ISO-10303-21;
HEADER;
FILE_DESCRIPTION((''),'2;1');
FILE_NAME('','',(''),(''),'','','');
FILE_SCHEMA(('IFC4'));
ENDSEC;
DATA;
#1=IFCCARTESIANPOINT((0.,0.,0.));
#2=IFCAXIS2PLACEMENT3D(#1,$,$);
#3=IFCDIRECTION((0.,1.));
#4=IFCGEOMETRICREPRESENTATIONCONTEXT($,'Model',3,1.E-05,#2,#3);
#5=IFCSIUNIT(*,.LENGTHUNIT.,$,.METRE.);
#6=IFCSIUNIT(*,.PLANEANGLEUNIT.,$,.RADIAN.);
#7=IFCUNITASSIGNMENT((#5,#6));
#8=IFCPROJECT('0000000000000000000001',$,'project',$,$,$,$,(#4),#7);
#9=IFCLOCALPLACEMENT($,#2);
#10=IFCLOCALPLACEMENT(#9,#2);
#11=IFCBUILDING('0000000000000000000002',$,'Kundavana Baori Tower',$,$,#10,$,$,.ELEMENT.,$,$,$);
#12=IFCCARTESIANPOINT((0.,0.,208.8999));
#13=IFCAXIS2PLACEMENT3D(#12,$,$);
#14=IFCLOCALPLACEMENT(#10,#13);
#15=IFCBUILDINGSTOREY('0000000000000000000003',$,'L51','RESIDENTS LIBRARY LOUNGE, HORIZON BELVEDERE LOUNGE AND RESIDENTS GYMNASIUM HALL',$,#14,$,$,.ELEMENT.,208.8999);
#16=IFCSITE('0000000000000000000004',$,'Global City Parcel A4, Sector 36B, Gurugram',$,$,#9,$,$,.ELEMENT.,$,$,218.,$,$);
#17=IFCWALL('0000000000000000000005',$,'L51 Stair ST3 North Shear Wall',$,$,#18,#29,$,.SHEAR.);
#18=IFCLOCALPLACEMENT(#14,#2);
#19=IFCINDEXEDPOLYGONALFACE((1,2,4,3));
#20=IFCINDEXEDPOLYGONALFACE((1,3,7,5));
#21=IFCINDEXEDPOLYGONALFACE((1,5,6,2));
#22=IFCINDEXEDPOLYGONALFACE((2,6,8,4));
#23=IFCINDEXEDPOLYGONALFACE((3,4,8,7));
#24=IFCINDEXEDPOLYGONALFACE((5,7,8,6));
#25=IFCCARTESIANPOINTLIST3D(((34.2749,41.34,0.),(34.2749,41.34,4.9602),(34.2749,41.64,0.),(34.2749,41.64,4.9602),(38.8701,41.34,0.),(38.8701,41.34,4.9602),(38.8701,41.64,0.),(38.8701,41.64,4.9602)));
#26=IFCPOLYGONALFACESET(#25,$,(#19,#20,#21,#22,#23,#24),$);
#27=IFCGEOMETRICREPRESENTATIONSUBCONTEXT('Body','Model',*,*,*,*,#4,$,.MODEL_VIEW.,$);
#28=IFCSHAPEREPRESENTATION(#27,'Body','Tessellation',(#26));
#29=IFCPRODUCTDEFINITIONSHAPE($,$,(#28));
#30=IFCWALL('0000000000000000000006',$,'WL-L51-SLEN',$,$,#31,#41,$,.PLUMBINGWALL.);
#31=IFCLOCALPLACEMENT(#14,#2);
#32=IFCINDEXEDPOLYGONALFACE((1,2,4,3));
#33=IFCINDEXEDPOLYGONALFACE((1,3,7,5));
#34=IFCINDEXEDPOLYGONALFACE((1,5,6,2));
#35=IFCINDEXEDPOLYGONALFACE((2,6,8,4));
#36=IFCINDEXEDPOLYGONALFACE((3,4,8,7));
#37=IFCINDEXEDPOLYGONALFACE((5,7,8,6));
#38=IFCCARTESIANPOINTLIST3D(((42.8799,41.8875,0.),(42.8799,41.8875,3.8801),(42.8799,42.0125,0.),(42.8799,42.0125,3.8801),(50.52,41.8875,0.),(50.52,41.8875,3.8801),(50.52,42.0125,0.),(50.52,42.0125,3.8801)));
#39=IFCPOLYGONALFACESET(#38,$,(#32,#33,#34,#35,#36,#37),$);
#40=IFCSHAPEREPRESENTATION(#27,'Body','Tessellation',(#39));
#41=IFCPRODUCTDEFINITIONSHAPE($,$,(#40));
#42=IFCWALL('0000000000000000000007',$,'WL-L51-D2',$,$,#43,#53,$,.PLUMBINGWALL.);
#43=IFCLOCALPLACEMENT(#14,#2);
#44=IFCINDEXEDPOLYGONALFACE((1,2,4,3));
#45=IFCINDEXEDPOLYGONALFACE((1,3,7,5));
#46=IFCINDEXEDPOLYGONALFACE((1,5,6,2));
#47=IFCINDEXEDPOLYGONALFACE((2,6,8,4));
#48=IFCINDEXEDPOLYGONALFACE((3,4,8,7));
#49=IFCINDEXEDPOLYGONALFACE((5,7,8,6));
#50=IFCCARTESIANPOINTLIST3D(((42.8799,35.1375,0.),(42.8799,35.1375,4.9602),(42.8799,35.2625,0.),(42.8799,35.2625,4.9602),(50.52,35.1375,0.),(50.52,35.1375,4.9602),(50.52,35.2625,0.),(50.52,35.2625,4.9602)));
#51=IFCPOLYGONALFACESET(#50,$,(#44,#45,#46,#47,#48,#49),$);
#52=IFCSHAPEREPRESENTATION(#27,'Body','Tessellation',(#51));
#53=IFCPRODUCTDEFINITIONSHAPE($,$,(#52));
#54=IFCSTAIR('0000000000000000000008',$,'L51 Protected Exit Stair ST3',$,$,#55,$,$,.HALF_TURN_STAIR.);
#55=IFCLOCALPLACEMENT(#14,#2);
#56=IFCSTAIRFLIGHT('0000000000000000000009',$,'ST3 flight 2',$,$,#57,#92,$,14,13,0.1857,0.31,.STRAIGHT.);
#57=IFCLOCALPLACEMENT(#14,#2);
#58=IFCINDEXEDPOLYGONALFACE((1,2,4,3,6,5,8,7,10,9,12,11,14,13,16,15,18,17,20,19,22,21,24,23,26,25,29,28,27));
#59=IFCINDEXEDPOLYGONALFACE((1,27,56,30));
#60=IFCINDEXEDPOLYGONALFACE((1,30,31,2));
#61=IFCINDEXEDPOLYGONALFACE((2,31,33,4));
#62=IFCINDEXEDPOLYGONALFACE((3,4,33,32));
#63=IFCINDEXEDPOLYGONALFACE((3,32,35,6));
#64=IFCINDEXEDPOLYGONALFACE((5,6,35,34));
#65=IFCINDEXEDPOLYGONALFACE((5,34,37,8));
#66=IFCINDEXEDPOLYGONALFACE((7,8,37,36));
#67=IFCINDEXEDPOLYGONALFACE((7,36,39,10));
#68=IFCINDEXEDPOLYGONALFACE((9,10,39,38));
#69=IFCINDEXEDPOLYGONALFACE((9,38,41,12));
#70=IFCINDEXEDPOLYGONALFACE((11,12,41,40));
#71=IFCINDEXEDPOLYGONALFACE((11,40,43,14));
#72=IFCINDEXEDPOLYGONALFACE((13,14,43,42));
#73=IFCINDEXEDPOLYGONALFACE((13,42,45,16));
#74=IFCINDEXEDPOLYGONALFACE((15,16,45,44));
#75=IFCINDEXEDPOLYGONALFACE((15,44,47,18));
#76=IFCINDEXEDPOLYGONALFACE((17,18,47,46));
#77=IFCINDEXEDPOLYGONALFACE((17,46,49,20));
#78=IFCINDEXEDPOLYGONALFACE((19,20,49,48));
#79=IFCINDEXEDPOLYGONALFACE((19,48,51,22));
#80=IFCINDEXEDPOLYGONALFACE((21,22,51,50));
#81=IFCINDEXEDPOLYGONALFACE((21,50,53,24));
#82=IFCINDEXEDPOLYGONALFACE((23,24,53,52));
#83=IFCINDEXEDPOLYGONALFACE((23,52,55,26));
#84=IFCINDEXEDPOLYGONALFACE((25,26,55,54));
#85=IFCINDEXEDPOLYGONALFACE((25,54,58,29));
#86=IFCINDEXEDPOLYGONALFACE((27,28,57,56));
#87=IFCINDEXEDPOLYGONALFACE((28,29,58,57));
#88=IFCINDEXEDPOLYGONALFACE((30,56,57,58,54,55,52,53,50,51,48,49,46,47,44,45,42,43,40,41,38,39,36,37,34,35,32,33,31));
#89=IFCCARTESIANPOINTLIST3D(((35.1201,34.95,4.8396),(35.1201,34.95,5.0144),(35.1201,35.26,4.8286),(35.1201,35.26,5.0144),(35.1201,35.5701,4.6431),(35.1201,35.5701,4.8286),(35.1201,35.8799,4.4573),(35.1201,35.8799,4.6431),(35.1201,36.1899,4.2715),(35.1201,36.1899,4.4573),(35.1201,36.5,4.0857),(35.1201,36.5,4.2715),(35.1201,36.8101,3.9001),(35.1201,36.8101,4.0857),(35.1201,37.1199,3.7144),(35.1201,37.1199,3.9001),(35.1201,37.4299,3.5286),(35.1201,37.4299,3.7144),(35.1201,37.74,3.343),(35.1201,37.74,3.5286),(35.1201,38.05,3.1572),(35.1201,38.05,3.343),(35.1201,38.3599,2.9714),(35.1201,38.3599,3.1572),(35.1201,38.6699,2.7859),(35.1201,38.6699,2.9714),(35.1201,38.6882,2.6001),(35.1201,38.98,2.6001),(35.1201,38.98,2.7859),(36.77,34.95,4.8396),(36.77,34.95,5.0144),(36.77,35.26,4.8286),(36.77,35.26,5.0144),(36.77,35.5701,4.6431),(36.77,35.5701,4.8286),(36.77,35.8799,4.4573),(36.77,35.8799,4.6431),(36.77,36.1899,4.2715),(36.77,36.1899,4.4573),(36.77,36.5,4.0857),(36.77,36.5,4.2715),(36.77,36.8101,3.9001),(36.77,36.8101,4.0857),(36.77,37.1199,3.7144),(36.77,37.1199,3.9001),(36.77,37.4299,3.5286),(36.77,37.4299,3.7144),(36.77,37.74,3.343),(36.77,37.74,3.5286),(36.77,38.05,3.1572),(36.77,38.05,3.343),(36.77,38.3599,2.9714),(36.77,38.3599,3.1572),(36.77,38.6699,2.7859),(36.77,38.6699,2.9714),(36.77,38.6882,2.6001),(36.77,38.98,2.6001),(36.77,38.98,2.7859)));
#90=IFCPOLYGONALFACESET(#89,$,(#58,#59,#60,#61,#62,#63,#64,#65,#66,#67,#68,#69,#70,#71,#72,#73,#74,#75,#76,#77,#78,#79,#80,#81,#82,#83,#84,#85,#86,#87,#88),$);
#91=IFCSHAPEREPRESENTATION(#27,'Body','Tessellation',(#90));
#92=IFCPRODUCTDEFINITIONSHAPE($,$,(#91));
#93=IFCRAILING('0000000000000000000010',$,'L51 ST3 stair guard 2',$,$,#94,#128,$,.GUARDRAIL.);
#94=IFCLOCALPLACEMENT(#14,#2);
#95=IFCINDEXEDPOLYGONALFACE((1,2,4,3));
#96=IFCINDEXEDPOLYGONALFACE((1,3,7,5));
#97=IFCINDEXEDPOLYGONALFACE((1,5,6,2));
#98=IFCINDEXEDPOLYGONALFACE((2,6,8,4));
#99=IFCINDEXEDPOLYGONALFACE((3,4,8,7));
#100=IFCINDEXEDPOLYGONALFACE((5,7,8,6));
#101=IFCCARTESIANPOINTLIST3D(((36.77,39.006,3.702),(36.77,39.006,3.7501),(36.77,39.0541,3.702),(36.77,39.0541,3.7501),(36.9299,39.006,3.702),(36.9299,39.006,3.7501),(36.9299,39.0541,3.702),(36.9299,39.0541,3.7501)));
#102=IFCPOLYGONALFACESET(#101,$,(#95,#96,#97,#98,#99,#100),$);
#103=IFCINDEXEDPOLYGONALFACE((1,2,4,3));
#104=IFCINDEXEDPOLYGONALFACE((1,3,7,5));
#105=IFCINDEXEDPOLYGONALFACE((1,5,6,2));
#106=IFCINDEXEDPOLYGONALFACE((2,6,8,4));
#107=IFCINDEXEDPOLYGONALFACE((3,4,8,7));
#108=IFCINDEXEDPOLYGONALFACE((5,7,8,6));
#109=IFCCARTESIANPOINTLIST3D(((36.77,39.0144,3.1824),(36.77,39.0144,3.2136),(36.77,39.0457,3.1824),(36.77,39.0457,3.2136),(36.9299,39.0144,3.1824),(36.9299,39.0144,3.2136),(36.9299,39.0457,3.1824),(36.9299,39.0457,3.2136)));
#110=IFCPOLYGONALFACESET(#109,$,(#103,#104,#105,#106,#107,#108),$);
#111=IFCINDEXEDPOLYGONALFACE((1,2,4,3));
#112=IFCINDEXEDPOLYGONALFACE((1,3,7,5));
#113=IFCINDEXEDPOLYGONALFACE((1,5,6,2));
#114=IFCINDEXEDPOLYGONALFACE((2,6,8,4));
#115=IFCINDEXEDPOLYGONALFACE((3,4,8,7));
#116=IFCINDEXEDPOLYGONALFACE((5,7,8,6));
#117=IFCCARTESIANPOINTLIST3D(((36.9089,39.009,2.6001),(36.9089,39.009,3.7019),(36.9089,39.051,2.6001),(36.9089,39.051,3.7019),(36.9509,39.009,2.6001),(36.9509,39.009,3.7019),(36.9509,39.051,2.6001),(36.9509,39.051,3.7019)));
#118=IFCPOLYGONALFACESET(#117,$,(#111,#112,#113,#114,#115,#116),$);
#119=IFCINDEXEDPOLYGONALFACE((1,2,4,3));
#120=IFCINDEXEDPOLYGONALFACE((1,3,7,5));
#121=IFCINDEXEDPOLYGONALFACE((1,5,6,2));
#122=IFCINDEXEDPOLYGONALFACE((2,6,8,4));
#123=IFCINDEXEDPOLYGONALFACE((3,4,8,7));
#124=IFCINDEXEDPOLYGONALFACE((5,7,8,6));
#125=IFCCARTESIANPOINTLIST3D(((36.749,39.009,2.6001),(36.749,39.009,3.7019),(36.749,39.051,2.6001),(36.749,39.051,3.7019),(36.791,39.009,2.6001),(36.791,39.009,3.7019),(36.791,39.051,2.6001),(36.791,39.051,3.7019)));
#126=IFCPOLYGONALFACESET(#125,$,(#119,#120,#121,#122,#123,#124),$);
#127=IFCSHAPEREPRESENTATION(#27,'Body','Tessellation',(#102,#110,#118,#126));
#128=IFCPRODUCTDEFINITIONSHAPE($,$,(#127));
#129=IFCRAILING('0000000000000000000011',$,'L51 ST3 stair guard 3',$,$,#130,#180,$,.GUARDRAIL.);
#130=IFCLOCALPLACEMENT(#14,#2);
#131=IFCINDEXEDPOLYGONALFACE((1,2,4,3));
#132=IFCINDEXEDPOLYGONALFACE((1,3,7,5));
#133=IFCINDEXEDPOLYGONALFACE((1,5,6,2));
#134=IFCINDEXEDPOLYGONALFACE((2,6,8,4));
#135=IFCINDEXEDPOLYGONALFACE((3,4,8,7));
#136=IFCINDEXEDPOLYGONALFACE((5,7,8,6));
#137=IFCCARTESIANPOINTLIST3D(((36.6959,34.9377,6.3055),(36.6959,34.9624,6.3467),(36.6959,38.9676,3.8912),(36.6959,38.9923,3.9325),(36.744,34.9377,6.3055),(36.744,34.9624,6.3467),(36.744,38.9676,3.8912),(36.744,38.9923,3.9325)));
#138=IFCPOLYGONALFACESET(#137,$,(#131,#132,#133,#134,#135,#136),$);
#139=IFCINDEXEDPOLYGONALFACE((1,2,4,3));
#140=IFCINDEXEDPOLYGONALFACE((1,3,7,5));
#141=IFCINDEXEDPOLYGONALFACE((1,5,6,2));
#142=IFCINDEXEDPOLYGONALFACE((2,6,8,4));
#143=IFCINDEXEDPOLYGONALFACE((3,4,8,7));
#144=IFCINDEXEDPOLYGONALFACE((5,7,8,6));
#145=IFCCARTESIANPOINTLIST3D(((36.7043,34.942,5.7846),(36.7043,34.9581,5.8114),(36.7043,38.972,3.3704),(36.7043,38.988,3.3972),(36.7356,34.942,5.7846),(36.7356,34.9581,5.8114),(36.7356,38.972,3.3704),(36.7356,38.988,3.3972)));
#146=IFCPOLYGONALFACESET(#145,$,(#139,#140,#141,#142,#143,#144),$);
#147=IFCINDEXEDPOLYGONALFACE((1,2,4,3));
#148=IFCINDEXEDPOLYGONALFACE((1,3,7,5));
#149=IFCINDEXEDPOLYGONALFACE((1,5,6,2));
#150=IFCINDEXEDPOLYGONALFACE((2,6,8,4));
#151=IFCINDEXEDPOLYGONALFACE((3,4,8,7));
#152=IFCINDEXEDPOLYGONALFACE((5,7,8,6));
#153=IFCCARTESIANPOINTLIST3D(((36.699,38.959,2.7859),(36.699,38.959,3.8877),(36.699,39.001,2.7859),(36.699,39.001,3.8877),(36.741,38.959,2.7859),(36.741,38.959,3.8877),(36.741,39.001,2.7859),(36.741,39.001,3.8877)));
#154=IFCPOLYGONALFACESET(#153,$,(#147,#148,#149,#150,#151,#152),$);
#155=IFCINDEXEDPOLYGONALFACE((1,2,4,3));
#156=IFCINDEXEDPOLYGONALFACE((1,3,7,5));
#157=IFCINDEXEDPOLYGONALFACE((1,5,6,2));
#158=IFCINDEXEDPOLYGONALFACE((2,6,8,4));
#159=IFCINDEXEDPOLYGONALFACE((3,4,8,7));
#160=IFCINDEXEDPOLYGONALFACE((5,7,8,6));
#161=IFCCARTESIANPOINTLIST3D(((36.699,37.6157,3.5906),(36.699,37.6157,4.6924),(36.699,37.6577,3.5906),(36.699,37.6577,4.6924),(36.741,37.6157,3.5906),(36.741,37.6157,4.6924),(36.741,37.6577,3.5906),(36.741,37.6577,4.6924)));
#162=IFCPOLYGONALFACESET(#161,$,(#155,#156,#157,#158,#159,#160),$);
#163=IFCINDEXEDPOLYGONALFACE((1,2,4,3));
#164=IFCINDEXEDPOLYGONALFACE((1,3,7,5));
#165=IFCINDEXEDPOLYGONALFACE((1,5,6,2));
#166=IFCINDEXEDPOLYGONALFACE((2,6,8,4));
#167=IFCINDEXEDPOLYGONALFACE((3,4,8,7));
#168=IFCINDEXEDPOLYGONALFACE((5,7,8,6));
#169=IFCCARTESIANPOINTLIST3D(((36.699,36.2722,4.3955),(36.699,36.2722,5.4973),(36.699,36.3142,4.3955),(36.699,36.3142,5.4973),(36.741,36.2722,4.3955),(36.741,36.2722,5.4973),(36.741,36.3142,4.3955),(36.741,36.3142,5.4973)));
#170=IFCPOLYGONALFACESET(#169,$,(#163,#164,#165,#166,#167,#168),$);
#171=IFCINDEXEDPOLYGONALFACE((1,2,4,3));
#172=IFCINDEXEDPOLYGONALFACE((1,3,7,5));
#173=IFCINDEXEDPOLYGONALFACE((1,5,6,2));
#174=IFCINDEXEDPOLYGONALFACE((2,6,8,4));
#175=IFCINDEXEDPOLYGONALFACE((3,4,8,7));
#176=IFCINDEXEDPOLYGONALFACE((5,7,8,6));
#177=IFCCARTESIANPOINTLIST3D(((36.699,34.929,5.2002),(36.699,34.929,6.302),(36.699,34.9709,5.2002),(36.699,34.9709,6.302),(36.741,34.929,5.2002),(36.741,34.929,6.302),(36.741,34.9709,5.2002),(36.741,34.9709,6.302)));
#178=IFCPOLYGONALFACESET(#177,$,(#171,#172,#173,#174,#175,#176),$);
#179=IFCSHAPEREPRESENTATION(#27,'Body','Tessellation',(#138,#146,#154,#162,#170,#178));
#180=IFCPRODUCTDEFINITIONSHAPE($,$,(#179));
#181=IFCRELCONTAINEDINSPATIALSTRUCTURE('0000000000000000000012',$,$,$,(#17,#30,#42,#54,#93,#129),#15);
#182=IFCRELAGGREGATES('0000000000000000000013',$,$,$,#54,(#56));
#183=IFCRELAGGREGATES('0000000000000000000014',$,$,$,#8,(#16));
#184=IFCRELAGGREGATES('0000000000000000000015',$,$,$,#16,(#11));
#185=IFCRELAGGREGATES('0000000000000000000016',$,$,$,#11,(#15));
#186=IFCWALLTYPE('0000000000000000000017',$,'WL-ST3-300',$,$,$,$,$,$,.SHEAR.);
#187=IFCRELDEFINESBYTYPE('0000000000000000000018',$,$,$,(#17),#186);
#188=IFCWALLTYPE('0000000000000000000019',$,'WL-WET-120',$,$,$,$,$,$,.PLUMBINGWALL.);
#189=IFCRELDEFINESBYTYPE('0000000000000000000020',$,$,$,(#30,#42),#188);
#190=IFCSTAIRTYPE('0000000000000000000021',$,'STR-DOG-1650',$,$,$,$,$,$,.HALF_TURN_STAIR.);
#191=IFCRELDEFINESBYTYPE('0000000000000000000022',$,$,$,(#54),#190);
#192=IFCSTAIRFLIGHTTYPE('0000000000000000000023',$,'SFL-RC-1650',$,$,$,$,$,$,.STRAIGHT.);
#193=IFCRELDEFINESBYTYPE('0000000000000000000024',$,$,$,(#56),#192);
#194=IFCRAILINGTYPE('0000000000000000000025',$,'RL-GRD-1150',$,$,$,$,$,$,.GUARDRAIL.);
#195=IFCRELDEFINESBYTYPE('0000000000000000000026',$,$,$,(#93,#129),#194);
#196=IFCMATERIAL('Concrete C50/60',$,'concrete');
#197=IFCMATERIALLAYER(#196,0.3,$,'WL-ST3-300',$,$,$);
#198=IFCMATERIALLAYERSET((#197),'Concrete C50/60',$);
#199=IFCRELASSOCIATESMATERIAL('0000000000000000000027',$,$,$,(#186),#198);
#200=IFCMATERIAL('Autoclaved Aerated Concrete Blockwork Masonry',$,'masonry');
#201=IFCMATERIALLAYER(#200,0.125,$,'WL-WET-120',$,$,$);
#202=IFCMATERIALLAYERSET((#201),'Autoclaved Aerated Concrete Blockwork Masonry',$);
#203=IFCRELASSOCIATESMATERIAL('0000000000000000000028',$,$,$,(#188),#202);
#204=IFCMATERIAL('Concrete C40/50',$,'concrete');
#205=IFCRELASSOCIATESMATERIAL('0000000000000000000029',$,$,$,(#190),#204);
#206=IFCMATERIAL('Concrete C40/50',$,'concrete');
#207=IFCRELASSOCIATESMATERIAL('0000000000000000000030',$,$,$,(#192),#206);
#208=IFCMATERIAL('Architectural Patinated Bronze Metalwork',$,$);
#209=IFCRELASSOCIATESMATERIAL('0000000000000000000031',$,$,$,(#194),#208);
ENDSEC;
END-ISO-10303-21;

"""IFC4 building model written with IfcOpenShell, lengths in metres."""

from ifc_helpers import new_model, si_unit, direction, frame, frame_2d, origin, origin_2d, place, context, subcontext, project, spatial, polyline, rectangle, outline, extrude, material, layer, layer_set, type_object, element, aggregate, save


model = new_model("IFC4")

# Units and contexts
model_context = context("Model", 3, precision=1e-05, world=origin(), true_north=direction((0.0, 1.0)))
body_context = subcontext(model_context, "Body", "Model", "MODEL_VIEW")
ifc_project = project(units=[si_unit("LENGTHUNIT", "METRE"), si_unit("PLANEANGLEUNIT", "RADIAN")], contexts=[model_context])

# Site, building, storey
site_placement = place(None, origin())
site = spatial("IfcSite", under=ifc_project, at=site_placement, Name="Global City Parcel A4, Sector 36B, Gurugram", CompositionType="ELEMENT", RefElevation=218.0)
building_placement = place(site_placement, origin())
building = spatial("IfcBuilding", under=site, at=building_placement, Name="Kundavana Baori Tower", CompositionType="ELEMENT")
storey_placement = place(building_placement, frame((0.0, 0.0, 208.8999)))
storey = spatial("IfcBuildingStorey", under=building, at=storey_placement, Name="L51", Description="RESIDENTS LIBRARY LOUNGE, HORIZON BELVEDERE LOUNGE AND RESIDENTS GYMNASIUM HALL", CompositionType="ELEMENT", Elevation=208.8999)

# Walls
ifc_material_1 = material(Name="Concrete C50/60", Category="concrete")
ifc_layer_1 = layer(ifc_material_1, 0.3, Name="WL-ST3-300")
ifc_layer_set_1 = layer_set([ifc_layer_1], Name="Concrete C50/60")
wall_type_1 = type_object("IfcWallType", Name="WL-ST3-300", PredefinedType="SHEAR", material=ifc_layer_set_1)
wall_1_placement = place(storey_placement, frame((34.2749, 41.49, 0.0), z_axis=(0.0, 0.0, 1.0), x_axis=(1.0, 0.0, 0.0)))
element("IfcWall", 1, at=wall_1_placement, inside=storey, type_object=wall_type_1, Name="L51 Stair ST3 North Shear Wall", PredefinedType="SHEAR", context=body_context, shape_type="SweptSolid", body=[
    extrude(rectangle(XDim=4.5952, YDim=0.3, at=frame_2d((2.2976, 0.0))), origin(), (0.0, 0.0, 1.0), 4.9602),
])
ifc_material_2 = material(Name="Autoclaved Aerated Concrete Blockwork Masonry", Category="masonry")
ifc_layer_2 = layer(ifc_material_2, 0.125, Name="WL-WET-120")
ifc_layer_set_2 = layer_set([ifc_layer_2], Name="Autoclaved Aerated Concrete Blockwork Masonry")
wall_type_2 = type_object("IfcWallType", Name="WL-WET-120", PredefinedType="PLUMBINGWALL", material=ifc_layer_set_2)
wall_2_placement = place(storey_placement, frame((42.8799, 41.95, 0.0), z_axis=(0.0, 0.0, 1.0), x_axis=(1.0, 0.0, 0.0)))
element("IfcWall", 2, at=wall_2_placement, inside=storey, type_object=wall_type_2, Name="WL-L51-SLEN", PredefinedType="PLUMBINGWALL", context=body_context, shape_type="SweptSolid", body=[
    extrude(rectangle(XDim=7.6401, YDim=0.125, at=frame_2d((3.8201, 0.0))), origin(), (0.0, 0.0, 1.0), 3.8801),
])
wall_3_placement = place(storey_placement, frame((42.8799, 35.2, 0.0), z_axis=(0.0, 0.0, 1.0), x_axis=(1.0, 0.0, 0.0)))
element("IfcWall", 3, at=wall_3_placement, inside=storey, type_object=wall_type_2, Name="WL-L51-D2", PredefinedType="PLUMBINGWALL", context=body_context, shape_type="SweptSolid", body=[
    extrude(rectangle(XDim=7.6401, YDim=0.125, at=frame_2d((3.8201, 0.0))), origin(), (0.0, 0.0, 1.0), 4.9602),
])

# Stair, stair flight
ifc_material_3 = material(Name="Concrete C40/50", Category="concrete")
stair_type = type_object("IfcStairType", Name="STR-DOG-1650", PredefinedType="HALF_TURN_STAIR", material=ifc_material_3)
stair_placement = place(storey_placement, origin())
stair = element("IfcStair", 4, at=stair_placement, inside=storey, type_object=stair_type, Name="L51 Protected Exit Stair ST3", PredefinedType="HALF_TURN_STAIR")
ifc_material_4 = material(Name="Concrete C40/50", Category="concrete")
stair_flight_type = type_object("IfcStairFlightType", Name="SFL-RC-1650", PredefinedType="STRAIGHT", material=ifc_material_4)
stair_flight_placement = place(storey_placement, frame((35.9451, 38.98, 2.6001), z_axis=(0.0, 0.0, 1.0), x_axis=(0.0, -1.0, 0.0)))
stair_flight = element("IfcStairFlight", 5, at=stair_flight_placement, type_object=stair_flight_type, Name="ST3 flight 2", NumberOfRisers=14, NumberOfTreads=13, PredefinedType="STRAIGHT", RiserHeight=0.1857, TreadLength=0.31, context=body_context, shape_type="SweptSolid", body=[
    extrude(outline(polyline([(0.0, 0.0), (0.0, 0.1858), (0.3101, 0.1858), (0.3101, 0.3713), (0.6201, 0.3713), (0.6201, 0.5571), (0.9299, 0.5571), (0.9299, 0.7429), (1.24, 0.7429), (1.24, 0.9285), (1.55, 0.9285), (1.55, 1.1143), (1.8601, 1.1143), (1.8601, 1.3), (2.1699, 1.3), (2.1699, 1.4856), (2.48, 1.4856), (2.48, 1.6714), (2.79, 1.6714), (2.79, 1.8572), (3.1001, 1.8572), (3.1001, 2.043), (3.4099, 2.043), (3.4099, 2.2285), (3.72, 2.2285), (3.72, 2.4143), (4.03, 2.4143), (4.03, 2.6001), (4.03, 2.2395), (0.2917, 0.0), (0.0, 0.0)])), frame((0.0, 0.825, 0.0), z_axis=(0.0, -1.0, 0.0), x_axis=(1.0, 0.0, 0.0)), (0.0, 0.0, 1.0), 1.6499),
])
aggregate(stair, [stair_flight])

# Railings
ifc_material_5 = material(Name="Architectural Patinated Bronze Metalwork")
railing_type_1 = type_object("IfcRailingType", Name="RL-GRD-1150", PredefinedType="GUARDRAIL", material=ifc_material_5)
railing_1_placement = place(storey_placement, frame((36.9299, 39.03, 2.6001)))
element("IfcRailing", 6, at=railing_1_placement, inside=storey, type_object=railing_type_1, Name="L51 ST3 stair guard 2", PredefinedType="GUARDRAIL", context=body_context, shape_type="SweptSolid", body=[
    extrude(rectangle(XDim=0.0481, YDim=0.0481, at=origin_2d()), frame((0.0, 0.0, 1.126), z_axis=(-1.0, 0.0, 0.0), x_axis=(0.0, -1.0, 0.0)), (0.0, 0.0, 1.0), 0.1599),
    extrude(rectangle(XDim=0.0312, YDim=0.0312, at=origin_2d()), frame((0.0, 0.0, 0.5979), z_axis=(-1.0, 0.0, 0.0), x_axis=(0.0, -1.0, 0.0)), (0.0, 0.0, 1.0), 0.1599),
    extrude(rectangle(XDim=0.042, YDim=0.042, at=origin_2d()), origin(), (0.0, 0.0, 1.0), 1.1018),
    extrude(rectangle(XDim=0.042, YDim=0.042, at=origin_2d()), frame((-0.1599, 0.0, 0.0)), (0.0, 0.0, 1.0), 1.1018),
])
railing_2_placement = place(storey_placement, frame((36.72, 38.98, 2.7859)))
element("IfcRailing", 7, at=railing_2_placement, inside=storey, type_object=railing_type_1, Name="L51 ST3 stair guard 3", PredefinedType="GUARDRAIL", context=body_context, shape_type="SweptSolid", body=[
    extrude(rectangle(XDim=0.0481, YDim=0.0481, at=origin_2d()), frame((0.0, 0.0, 1.126), z_axis=(0.0, -0.857841, 0.513915), x_axis=(1.0, 0.0, 0.0)), (0.0, 0.0, 1.0), 4.6978),
    extrude(rectangle(XDim=0.0312, YDim=0.0312, at=origin_2d()), frame((0.0, 0.0, 0.5979), z_axis=(0.0, -0.857841, 0.513915), x_axis=(1.0, 0.0, 0.0)), (0.0, 0.0, 1.0), 4.6978),
    extrude(rectangle(XDim=0.042, YDim=0.042, at=origin_2d()), origin(), (0.0, 0.0, 1.0), 1.1018),
    extrude(rectangle(XDim=0.042, YDim=0.042, at=origin_2d()), frame((0.0, -1.3433, 0.8047)), (0.0, 0.0, 1.0), 1.1018),
    extrude(rectangle(XDim=0.042, YDim=0.042, at=origin_2d()), frame((0.0, -2.6868, 1.6096)), (0.0, 0.0, 1.0), 1.1018),
    extrude(rectangle(XDim=0.042, YDim=0.042, at=origin_2d()), frame((0.0, -4.03, 2.4143)), (0.0, 0.0, 1.0), 1.1018),
])

save(model, "model.ifc")
